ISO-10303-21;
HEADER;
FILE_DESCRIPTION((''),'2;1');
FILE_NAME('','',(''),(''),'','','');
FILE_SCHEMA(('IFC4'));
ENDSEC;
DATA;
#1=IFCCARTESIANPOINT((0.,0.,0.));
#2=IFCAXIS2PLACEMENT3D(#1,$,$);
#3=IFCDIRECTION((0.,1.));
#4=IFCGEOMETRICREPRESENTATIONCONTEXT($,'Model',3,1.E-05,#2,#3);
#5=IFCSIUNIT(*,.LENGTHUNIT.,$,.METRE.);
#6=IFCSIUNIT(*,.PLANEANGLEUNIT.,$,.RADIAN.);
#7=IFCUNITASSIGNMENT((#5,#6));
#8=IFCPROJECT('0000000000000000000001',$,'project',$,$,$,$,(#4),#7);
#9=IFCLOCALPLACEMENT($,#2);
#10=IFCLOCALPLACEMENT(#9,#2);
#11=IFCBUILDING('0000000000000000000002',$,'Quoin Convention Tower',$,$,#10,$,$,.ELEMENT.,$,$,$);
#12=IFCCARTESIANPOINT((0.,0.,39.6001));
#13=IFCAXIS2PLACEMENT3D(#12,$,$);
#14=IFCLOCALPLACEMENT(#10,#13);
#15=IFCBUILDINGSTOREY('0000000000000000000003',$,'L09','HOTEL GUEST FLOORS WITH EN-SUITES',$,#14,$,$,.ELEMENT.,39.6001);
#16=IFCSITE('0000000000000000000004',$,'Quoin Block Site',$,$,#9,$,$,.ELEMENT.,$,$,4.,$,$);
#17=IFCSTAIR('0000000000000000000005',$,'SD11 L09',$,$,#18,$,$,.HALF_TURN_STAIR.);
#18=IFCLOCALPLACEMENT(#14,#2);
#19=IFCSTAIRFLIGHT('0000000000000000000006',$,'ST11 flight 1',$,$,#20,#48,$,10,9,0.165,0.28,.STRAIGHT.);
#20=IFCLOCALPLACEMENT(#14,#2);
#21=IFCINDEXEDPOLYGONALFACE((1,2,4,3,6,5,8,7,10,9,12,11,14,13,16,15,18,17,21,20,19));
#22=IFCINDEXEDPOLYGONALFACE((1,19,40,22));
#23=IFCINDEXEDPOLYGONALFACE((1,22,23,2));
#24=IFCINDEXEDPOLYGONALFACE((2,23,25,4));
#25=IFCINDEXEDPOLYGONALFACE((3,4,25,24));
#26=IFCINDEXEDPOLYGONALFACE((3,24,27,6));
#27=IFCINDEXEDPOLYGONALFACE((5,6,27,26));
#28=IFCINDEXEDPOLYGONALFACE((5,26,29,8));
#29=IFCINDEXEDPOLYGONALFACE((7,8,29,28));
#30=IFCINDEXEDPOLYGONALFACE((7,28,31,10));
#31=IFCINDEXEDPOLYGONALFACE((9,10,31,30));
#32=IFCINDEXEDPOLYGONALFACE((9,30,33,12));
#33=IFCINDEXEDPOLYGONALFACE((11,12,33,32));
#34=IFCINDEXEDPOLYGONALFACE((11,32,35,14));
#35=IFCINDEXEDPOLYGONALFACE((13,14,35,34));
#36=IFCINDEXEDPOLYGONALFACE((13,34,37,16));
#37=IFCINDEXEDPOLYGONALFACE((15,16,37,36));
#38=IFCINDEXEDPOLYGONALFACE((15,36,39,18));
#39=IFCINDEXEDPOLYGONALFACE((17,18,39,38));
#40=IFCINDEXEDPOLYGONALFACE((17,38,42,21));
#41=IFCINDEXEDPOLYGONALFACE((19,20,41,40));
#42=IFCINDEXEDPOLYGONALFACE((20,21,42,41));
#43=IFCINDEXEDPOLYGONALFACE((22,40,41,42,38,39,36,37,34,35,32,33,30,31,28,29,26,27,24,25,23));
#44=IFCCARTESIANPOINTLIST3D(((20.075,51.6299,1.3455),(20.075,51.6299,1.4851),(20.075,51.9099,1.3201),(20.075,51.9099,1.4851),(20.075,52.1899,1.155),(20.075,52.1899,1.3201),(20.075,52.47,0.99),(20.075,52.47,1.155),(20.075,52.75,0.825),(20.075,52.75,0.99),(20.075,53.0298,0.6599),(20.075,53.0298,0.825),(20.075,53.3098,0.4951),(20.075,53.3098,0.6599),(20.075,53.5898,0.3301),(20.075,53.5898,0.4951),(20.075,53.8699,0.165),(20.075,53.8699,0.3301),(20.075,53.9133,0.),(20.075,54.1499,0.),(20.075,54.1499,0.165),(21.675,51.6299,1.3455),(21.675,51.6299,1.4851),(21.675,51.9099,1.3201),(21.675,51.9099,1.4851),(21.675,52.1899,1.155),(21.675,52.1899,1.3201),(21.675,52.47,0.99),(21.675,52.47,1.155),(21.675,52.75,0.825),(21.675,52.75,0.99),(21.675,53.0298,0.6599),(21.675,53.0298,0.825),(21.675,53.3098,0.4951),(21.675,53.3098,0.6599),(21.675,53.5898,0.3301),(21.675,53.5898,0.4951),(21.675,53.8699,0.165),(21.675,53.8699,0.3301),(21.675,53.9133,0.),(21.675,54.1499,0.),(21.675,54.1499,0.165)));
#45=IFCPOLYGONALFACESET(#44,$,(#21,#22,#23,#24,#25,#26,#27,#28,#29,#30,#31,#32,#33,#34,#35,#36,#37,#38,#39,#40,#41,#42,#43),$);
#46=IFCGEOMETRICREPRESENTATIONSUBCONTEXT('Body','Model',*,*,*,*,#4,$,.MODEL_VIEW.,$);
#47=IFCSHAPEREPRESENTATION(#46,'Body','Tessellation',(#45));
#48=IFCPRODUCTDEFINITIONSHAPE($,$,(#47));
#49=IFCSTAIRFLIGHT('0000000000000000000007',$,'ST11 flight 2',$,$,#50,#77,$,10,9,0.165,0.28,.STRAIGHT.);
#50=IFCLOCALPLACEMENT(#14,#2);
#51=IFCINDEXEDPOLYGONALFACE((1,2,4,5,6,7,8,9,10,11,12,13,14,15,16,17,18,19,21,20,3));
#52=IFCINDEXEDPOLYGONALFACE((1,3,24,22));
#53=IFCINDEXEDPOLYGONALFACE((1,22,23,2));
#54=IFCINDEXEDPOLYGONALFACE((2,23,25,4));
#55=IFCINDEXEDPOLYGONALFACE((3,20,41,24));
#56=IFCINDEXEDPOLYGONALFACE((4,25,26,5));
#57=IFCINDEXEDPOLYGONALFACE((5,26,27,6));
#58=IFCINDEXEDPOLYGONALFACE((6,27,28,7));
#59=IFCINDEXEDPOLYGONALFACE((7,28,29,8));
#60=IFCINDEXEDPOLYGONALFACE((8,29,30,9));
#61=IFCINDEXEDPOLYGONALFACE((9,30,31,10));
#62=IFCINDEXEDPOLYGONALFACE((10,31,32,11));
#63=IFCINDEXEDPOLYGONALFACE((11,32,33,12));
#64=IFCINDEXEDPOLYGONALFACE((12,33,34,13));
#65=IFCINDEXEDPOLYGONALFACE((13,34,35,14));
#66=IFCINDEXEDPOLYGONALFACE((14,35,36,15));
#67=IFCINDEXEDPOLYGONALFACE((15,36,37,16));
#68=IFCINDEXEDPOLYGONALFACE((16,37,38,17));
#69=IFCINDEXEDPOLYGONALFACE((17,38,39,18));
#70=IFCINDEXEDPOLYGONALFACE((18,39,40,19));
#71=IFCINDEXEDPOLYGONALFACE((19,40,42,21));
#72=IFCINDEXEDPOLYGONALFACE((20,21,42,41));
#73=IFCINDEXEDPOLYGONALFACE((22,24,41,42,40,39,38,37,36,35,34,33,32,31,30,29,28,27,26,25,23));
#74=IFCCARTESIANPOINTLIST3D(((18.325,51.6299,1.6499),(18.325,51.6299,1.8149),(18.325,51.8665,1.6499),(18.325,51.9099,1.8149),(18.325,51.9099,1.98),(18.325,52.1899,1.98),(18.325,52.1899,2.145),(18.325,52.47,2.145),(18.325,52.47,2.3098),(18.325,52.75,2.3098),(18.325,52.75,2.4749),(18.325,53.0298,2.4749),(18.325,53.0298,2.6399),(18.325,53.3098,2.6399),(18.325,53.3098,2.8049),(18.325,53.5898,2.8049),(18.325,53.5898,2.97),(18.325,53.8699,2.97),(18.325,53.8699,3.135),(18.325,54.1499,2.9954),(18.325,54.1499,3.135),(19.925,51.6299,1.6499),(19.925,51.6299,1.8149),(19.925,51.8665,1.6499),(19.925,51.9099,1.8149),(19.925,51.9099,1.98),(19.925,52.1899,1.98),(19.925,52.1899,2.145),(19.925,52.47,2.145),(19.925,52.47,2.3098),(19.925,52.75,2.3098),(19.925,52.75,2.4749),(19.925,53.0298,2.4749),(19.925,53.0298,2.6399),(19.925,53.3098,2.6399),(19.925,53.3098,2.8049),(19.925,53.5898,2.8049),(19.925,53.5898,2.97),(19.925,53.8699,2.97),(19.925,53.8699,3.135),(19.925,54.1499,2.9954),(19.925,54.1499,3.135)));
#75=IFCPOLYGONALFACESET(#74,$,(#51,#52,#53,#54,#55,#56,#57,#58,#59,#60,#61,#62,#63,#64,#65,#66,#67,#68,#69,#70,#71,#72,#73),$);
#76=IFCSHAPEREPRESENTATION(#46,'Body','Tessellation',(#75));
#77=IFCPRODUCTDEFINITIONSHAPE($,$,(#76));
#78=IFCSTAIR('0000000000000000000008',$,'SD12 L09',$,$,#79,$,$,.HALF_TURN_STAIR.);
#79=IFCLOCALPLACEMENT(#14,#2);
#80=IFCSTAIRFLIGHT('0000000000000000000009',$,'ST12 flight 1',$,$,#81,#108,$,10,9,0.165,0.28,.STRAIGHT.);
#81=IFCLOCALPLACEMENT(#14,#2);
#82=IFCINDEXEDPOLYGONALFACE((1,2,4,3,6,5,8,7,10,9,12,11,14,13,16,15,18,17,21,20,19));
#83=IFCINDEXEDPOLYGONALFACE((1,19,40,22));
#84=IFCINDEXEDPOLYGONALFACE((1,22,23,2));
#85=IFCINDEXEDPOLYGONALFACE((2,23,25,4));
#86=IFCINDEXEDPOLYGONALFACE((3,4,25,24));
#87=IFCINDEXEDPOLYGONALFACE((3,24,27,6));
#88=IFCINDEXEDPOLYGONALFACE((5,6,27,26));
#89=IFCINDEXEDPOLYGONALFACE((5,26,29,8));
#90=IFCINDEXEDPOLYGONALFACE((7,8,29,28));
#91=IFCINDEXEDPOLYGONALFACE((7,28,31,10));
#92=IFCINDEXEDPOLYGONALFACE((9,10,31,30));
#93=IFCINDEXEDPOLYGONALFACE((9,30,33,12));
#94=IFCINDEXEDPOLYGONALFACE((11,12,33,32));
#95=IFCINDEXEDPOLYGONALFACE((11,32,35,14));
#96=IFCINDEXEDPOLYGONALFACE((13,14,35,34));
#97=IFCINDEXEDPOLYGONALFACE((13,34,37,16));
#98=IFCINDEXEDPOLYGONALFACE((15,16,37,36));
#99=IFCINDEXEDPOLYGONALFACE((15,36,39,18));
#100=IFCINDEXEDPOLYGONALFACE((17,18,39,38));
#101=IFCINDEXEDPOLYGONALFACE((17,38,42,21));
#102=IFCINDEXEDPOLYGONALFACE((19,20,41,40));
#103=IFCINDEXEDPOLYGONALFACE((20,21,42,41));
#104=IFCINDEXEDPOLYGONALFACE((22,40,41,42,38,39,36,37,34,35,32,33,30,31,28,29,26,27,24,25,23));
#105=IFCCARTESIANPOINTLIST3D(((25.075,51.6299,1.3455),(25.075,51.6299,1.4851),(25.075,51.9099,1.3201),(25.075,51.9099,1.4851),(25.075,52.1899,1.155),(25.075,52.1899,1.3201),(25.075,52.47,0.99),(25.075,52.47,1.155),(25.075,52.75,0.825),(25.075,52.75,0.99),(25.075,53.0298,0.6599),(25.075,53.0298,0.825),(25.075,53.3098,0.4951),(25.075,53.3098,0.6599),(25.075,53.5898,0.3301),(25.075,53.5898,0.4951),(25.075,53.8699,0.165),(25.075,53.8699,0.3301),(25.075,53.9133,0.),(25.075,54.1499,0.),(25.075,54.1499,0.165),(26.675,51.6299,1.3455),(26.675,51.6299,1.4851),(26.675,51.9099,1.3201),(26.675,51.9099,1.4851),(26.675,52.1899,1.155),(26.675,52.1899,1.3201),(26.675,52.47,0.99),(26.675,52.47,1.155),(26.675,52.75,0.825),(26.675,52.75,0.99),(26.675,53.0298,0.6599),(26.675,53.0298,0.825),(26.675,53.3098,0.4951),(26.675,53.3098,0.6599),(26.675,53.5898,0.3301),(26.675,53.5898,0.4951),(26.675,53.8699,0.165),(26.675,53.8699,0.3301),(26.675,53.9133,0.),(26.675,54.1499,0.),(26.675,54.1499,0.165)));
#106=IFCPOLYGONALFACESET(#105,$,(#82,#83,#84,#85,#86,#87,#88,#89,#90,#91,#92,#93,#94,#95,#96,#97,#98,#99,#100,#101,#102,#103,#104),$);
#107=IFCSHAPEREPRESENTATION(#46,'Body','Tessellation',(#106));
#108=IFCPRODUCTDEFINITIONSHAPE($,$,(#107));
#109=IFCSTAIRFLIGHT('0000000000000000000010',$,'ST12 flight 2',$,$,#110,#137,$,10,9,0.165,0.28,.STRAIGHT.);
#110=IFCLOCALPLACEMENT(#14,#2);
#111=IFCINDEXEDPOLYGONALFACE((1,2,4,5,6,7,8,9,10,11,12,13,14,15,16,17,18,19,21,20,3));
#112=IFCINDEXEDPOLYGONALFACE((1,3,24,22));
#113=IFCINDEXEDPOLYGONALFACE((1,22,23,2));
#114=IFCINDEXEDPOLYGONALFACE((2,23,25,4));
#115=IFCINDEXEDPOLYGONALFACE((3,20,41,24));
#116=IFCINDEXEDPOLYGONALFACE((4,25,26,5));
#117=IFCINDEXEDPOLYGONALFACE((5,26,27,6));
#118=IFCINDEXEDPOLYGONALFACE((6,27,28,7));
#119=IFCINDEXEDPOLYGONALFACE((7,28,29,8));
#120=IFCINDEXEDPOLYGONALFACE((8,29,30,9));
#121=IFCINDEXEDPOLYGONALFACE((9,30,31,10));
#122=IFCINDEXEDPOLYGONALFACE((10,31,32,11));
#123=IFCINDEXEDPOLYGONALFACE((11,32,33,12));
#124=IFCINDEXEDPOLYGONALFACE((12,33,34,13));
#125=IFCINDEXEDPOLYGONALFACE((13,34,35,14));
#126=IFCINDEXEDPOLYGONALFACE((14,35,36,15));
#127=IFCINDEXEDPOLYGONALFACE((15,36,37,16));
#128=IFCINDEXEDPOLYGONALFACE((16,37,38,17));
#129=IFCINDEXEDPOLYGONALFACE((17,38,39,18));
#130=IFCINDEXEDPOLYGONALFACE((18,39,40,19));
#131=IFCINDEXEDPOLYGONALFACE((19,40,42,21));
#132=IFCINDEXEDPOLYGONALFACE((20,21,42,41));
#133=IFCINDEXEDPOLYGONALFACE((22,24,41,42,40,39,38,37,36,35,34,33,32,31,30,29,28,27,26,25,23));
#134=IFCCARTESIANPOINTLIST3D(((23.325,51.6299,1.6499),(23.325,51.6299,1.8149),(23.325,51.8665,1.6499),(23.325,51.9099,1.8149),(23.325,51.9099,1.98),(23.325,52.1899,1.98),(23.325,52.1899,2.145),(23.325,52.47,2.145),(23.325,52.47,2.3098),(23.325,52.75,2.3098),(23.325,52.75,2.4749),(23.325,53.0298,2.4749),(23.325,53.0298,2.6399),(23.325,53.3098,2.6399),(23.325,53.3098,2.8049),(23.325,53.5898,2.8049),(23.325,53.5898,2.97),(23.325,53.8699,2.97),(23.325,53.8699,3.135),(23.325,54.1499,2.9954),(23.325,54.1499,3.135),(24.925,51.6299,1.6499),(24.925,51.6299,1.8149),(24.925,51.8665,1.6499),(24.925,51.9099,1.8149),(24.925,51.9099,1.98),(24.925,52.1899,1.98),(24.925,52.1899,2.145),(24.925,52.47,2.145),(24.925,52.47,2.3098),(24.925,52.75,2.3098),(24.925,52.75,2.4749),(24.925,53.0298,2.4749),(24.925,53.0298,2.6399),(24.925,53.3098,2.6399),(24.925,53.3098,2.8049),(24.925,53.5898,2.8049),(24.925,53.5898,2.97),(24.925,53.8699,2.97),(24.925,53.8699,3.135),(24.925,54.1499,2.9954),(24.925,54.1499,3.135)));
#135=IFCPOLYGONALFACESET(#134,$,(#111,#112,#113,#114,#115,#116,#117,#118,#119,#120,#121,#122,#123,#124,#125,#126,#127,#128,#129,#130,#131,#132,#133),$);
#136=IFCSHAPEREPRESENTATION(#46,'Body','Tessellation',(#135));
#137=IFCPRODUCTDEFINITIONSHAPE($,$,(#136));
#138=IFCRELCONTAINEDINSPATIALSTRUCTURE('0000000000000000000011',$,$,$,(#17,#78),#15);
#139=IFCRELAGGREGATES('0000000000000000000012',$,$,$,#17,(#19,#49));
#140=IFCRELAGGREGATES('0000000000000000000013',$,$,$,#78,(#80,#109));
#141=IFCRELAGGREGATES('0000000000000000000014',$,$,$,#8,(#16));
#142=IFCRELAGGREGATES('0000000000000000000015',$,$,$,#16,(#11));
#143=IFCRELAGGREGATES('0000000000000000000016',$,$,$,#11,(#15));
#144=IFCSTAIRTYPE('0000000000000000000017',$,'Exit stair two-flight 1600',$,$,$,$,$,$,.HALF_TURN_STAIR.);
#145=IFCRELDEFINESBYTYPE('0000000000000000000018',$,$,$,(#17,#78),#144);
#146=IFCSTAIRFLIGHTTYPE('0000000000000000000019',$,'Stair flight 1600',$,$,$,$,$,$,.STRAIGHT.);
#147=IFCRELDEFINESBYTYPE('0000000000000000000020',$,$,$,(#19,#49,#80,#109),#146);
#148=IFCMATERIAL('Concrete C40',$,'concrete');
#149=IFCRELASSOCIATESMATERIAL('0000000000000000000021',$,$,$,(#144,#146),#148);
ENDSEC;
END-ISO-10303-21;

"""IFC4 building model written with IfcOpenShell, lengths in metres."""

from ifc_helpers import new_model, si_unit, direction, frame, origin, place, context, subcontext, project, spatial, polyline, outline, extrude, material, type_object, element, aggregate, save


model = new_model("IFC4")

# Units and contexts
model_context = context("Model", 3, precision=1e-05, world=origin(), true_north=direction((0.0, 1.0)))
body_context = subcontext(model_context, "Body", "Model", "MODEL_VIEW")
ifc_project = project(units=[si_unit("LENGTHUNIT", "METRE"), si_unit("PLANEANGLEUNIT", "RADIAN")], contexts=[model_context])

# Site, building, storey
site_placement = place(None, origin())
site = spatial("IfcSite", under=ifc_project, at=site_placement, Name="Quoin Block Site", CompositionType="ELEMENT", RefElevation=4.0)
building_placement = place(site_placement, origin())
building = spatial("IfcBuilding", under=site, at=building_placement, Name="Quoin Convention Tower", CompositionType="ELEMENT")
storey_placement = place(building_placement, frame((0.0, 0.0, 39.6001)))
storey = spatial("IfcBuildingStorey", under=building, at=storey_placement, Name="L09", Description="HOTEL GUEST FLOORS WITH EN-SUITES", CompositionType="ELEMENT", Elevation=39.6001)

# Stairs, stair flights
ifc_material_1 = material(Name="Concrete C40", Category="concrete")
stair_type = type_object("IfcStairType", Name="Exit stair two-flight 1600", PredefinedType="HALF_TURN_STAIR", material=ifc_material_1)
stair_1_placement = place(storey_placement, origin())
stair_1 = element("IfcStair", 1, at=stair_1_placement, inside=storey, type_object=stair_type, Name="SD11 L09", PredefinedType="HALF_TURN_STAIR")
stair_flight_type = type_object("IfcStairFlightType", Name="Stair flight 1600", PredefinedType="STRAIGHT", material=ifc_material_1)
stair_flight_1_placement = place(storey_placement, frame((20.875, 54.1499, 0.0), z_axis=(0.0, 0.0, 1.0), x_axis=(0.0, -1.0, 0.0)))
stair_flight_1 = element("IfcStairFlight", 2, at=stair_flight_1_placement, type_object=stair_flight_type, Name="ST11 flight 1", NumberOfRisers=10, NumberOfTreads=9, PredefinedType="STRAIGHT", RiserHeight=0.165, TreadLength=0.28, context=body_context, shape_type="SweptSolid", body=[
    extrude(outline(polyline([(0.0, 0.0), (0.0, 0.165), (0.28, 0.165), (0.28, 0.3301), (0.5601, 0.3301), (0.5601, 0.4951), (0.8401, 0.4951), (0.8401, 0.6599), (1.1201, 0.6599), (1.1201, 0.825), (1.3999, 0.825), (1.3999, 0.99), (1.6799, 0.99), (1.6799, 1.155), (1.96, 1.155), (1.96, 1.3201), (2.24, 1.3201), (2.24, 1.4851), (2.52, 1.4851), (2.52, 1.6499), (2.52, 1.3455), (0.2366, 0.0), (0.0, 0.0)])), frame((0.0, 0.8, 0.0), z_axis=(0.0, -1.0, 0.0), x_axis=(1.0, 0.0, 0.0)), (0.0, 0.0, 1.0), 1.6001),
])
stair_flight_2_placement = place(storey_placement, frame((19.125, 51.6299, 1.6499), z_axis=(0.0, 0.0, 1.0), x_axis=(0.0, 1.0, 0.0)))
stair_flight_2 = element("IfcStairFlight", 3, at=stair_flight_2_placement, type_object=stair_flight_type, Name="ST11 flight 2", NumberOfRisers=10, NumberOfTreads=9, PredefinedType="STRAIGHT", RiserHeight=0.165, TreadLength=0.28, context=body_context, shape_type="SweptSolid", body=[
    extrude(outline(polyline([(0.0, 0.0), (0.0, 0.165), (0.28, 0.165), (0.28, 0.3301), (0.5601, 0.3301), (0.5601, 0.4951), (0.8401, 0.4951), (0.8401, 0.6599), (1.1201, 0.6599), (1.1201, 0.825), (1.3999, 0.825), (1.3999, 0.99), (1.6799, 0.99), (1.6799, 1.155), (1.96, 1.155), (1.96, 1.3201), (2.24, 1.3201), (2.24, 1.4851), (2.52, 1.4851), (2.52, 1.6499), (2.52, 1.3455), (0.2366, 0.0), (0.0, 0.0)])), frame((0.0, 0.8, 0.0), z_axis=(0.0, -1.0, 0.0), x_axis=(1.0, 0.0, 0.0)), (0.0, 0.0, 1.0), 1.6001),
])
aggregate(stair_1, [stair_flight_1, stair_flight_2])
stair_2_placement = place(storey_placement, origin())
stair_2 = element("IfcStair", 4, at=stair_2_placement, inside=storey, type_object=stair_type, Name="SD12 L09", PredefinedType="HALF_TURN_STAIR")
stair_flight_3_placement = place(storey_placement, frame((25.875, 54.1499, 0.0), z_axis=(0.0, 0.0, 1.0), x_axis=(0.0, -1.0, 0.0)))
stair_flight_3 = element("IfcStairFlight", 5, at=stair_flight_3_placement, type_object=stair_flight_type, Name="ST12 flight 1", NumberOfRisers=10, NumberOfTreads=9, PredefinedType="STRAIGHT", RiserHeight=0.165, TreadLength=0.28, context=body_context, shape_type="SweptSolid", body=[
    extrude(outline(polyline([(0.0, 0.0), (0.0, 0.165), (0.28, 0.165), (0.28, 0.3301), (0.5601, 0.3301), (0.5601, 0.4951), (0.8401, 0.4951), (0.8401, 0.6599), (1.1201, 0.6599), (1.1201, 0.825), (1.3999, 0.825), (1.3999, 0.99), (1.6799, 0.99), (1.6799, 1.155), (1.96, 1.155), (1.96, 1.3201), (2.24, 1.3201), (2.24, 1.4851), (2.52, 1.4851), (2.52, 1.6499), (2.52, 1.3455), (0.2366, 0.0), (0.0, 0.0)])), frame((0.0, 0.8, 0.0), z_axis=(0.0, -1.0, 0.0), x_axis=(1.0, 0.0, 0.0)), (0.0, 0.0, 1.0), 1.6001),
])
stair_flight_4_placement = place(storey_placement, frame((24.125, 51.6299, 1.6499), z_axis=(0.0, 0.0, 1.0), x_axis=(0.0, 1.0, 0.0)))
stair_flight_4 = element("IfcStairFlight", 6, at=stair_flight_4_placement, type_object=stair_flight_type, Name="ST12 flight 2", NumberOfRisers=10, NumberOfTreads=9, PredefinedType="STRAIGHT", RiserHeight=0.165, TreadLength=0.28, context=body_context, shape_type="SweptSolid", body=[
    extrude(outline(polyline([(0.0, 0.0), (0.0, 0.165), (0.28, 0.165), (0.28, 0.3301), (0.5601, 0.3301), (0.5601, 0.4951), (0.8401, 0.4951), (0.8401, 0.6599), (1.1201, 0.6599), (1.1201, 0.825), (1.3999, 0.825), (1.3999, 0.99), (1.6799, 0.99), (1.6799, 1.155), (1.96, 1.155), (1.96, 1.3201), (2.24, 1.3201), (2.24, 1.4851), (2.52, 1.4851), (2.52, 1.6499), (2.52, 1.3455), (0.2366, 0.0), (0.0, 0.0)])), frame((0.0, 0.8, 0.0), z_axis=(0.0, -1.0, 0.0), x_axis=(1.0, 0.0, 0.0)), (0.0, 0.0, 1.0), 1.6001),
])
aggregate(stair_2, [stair_flight_3, stair_flight_4])

save(model, "model.ifc")
